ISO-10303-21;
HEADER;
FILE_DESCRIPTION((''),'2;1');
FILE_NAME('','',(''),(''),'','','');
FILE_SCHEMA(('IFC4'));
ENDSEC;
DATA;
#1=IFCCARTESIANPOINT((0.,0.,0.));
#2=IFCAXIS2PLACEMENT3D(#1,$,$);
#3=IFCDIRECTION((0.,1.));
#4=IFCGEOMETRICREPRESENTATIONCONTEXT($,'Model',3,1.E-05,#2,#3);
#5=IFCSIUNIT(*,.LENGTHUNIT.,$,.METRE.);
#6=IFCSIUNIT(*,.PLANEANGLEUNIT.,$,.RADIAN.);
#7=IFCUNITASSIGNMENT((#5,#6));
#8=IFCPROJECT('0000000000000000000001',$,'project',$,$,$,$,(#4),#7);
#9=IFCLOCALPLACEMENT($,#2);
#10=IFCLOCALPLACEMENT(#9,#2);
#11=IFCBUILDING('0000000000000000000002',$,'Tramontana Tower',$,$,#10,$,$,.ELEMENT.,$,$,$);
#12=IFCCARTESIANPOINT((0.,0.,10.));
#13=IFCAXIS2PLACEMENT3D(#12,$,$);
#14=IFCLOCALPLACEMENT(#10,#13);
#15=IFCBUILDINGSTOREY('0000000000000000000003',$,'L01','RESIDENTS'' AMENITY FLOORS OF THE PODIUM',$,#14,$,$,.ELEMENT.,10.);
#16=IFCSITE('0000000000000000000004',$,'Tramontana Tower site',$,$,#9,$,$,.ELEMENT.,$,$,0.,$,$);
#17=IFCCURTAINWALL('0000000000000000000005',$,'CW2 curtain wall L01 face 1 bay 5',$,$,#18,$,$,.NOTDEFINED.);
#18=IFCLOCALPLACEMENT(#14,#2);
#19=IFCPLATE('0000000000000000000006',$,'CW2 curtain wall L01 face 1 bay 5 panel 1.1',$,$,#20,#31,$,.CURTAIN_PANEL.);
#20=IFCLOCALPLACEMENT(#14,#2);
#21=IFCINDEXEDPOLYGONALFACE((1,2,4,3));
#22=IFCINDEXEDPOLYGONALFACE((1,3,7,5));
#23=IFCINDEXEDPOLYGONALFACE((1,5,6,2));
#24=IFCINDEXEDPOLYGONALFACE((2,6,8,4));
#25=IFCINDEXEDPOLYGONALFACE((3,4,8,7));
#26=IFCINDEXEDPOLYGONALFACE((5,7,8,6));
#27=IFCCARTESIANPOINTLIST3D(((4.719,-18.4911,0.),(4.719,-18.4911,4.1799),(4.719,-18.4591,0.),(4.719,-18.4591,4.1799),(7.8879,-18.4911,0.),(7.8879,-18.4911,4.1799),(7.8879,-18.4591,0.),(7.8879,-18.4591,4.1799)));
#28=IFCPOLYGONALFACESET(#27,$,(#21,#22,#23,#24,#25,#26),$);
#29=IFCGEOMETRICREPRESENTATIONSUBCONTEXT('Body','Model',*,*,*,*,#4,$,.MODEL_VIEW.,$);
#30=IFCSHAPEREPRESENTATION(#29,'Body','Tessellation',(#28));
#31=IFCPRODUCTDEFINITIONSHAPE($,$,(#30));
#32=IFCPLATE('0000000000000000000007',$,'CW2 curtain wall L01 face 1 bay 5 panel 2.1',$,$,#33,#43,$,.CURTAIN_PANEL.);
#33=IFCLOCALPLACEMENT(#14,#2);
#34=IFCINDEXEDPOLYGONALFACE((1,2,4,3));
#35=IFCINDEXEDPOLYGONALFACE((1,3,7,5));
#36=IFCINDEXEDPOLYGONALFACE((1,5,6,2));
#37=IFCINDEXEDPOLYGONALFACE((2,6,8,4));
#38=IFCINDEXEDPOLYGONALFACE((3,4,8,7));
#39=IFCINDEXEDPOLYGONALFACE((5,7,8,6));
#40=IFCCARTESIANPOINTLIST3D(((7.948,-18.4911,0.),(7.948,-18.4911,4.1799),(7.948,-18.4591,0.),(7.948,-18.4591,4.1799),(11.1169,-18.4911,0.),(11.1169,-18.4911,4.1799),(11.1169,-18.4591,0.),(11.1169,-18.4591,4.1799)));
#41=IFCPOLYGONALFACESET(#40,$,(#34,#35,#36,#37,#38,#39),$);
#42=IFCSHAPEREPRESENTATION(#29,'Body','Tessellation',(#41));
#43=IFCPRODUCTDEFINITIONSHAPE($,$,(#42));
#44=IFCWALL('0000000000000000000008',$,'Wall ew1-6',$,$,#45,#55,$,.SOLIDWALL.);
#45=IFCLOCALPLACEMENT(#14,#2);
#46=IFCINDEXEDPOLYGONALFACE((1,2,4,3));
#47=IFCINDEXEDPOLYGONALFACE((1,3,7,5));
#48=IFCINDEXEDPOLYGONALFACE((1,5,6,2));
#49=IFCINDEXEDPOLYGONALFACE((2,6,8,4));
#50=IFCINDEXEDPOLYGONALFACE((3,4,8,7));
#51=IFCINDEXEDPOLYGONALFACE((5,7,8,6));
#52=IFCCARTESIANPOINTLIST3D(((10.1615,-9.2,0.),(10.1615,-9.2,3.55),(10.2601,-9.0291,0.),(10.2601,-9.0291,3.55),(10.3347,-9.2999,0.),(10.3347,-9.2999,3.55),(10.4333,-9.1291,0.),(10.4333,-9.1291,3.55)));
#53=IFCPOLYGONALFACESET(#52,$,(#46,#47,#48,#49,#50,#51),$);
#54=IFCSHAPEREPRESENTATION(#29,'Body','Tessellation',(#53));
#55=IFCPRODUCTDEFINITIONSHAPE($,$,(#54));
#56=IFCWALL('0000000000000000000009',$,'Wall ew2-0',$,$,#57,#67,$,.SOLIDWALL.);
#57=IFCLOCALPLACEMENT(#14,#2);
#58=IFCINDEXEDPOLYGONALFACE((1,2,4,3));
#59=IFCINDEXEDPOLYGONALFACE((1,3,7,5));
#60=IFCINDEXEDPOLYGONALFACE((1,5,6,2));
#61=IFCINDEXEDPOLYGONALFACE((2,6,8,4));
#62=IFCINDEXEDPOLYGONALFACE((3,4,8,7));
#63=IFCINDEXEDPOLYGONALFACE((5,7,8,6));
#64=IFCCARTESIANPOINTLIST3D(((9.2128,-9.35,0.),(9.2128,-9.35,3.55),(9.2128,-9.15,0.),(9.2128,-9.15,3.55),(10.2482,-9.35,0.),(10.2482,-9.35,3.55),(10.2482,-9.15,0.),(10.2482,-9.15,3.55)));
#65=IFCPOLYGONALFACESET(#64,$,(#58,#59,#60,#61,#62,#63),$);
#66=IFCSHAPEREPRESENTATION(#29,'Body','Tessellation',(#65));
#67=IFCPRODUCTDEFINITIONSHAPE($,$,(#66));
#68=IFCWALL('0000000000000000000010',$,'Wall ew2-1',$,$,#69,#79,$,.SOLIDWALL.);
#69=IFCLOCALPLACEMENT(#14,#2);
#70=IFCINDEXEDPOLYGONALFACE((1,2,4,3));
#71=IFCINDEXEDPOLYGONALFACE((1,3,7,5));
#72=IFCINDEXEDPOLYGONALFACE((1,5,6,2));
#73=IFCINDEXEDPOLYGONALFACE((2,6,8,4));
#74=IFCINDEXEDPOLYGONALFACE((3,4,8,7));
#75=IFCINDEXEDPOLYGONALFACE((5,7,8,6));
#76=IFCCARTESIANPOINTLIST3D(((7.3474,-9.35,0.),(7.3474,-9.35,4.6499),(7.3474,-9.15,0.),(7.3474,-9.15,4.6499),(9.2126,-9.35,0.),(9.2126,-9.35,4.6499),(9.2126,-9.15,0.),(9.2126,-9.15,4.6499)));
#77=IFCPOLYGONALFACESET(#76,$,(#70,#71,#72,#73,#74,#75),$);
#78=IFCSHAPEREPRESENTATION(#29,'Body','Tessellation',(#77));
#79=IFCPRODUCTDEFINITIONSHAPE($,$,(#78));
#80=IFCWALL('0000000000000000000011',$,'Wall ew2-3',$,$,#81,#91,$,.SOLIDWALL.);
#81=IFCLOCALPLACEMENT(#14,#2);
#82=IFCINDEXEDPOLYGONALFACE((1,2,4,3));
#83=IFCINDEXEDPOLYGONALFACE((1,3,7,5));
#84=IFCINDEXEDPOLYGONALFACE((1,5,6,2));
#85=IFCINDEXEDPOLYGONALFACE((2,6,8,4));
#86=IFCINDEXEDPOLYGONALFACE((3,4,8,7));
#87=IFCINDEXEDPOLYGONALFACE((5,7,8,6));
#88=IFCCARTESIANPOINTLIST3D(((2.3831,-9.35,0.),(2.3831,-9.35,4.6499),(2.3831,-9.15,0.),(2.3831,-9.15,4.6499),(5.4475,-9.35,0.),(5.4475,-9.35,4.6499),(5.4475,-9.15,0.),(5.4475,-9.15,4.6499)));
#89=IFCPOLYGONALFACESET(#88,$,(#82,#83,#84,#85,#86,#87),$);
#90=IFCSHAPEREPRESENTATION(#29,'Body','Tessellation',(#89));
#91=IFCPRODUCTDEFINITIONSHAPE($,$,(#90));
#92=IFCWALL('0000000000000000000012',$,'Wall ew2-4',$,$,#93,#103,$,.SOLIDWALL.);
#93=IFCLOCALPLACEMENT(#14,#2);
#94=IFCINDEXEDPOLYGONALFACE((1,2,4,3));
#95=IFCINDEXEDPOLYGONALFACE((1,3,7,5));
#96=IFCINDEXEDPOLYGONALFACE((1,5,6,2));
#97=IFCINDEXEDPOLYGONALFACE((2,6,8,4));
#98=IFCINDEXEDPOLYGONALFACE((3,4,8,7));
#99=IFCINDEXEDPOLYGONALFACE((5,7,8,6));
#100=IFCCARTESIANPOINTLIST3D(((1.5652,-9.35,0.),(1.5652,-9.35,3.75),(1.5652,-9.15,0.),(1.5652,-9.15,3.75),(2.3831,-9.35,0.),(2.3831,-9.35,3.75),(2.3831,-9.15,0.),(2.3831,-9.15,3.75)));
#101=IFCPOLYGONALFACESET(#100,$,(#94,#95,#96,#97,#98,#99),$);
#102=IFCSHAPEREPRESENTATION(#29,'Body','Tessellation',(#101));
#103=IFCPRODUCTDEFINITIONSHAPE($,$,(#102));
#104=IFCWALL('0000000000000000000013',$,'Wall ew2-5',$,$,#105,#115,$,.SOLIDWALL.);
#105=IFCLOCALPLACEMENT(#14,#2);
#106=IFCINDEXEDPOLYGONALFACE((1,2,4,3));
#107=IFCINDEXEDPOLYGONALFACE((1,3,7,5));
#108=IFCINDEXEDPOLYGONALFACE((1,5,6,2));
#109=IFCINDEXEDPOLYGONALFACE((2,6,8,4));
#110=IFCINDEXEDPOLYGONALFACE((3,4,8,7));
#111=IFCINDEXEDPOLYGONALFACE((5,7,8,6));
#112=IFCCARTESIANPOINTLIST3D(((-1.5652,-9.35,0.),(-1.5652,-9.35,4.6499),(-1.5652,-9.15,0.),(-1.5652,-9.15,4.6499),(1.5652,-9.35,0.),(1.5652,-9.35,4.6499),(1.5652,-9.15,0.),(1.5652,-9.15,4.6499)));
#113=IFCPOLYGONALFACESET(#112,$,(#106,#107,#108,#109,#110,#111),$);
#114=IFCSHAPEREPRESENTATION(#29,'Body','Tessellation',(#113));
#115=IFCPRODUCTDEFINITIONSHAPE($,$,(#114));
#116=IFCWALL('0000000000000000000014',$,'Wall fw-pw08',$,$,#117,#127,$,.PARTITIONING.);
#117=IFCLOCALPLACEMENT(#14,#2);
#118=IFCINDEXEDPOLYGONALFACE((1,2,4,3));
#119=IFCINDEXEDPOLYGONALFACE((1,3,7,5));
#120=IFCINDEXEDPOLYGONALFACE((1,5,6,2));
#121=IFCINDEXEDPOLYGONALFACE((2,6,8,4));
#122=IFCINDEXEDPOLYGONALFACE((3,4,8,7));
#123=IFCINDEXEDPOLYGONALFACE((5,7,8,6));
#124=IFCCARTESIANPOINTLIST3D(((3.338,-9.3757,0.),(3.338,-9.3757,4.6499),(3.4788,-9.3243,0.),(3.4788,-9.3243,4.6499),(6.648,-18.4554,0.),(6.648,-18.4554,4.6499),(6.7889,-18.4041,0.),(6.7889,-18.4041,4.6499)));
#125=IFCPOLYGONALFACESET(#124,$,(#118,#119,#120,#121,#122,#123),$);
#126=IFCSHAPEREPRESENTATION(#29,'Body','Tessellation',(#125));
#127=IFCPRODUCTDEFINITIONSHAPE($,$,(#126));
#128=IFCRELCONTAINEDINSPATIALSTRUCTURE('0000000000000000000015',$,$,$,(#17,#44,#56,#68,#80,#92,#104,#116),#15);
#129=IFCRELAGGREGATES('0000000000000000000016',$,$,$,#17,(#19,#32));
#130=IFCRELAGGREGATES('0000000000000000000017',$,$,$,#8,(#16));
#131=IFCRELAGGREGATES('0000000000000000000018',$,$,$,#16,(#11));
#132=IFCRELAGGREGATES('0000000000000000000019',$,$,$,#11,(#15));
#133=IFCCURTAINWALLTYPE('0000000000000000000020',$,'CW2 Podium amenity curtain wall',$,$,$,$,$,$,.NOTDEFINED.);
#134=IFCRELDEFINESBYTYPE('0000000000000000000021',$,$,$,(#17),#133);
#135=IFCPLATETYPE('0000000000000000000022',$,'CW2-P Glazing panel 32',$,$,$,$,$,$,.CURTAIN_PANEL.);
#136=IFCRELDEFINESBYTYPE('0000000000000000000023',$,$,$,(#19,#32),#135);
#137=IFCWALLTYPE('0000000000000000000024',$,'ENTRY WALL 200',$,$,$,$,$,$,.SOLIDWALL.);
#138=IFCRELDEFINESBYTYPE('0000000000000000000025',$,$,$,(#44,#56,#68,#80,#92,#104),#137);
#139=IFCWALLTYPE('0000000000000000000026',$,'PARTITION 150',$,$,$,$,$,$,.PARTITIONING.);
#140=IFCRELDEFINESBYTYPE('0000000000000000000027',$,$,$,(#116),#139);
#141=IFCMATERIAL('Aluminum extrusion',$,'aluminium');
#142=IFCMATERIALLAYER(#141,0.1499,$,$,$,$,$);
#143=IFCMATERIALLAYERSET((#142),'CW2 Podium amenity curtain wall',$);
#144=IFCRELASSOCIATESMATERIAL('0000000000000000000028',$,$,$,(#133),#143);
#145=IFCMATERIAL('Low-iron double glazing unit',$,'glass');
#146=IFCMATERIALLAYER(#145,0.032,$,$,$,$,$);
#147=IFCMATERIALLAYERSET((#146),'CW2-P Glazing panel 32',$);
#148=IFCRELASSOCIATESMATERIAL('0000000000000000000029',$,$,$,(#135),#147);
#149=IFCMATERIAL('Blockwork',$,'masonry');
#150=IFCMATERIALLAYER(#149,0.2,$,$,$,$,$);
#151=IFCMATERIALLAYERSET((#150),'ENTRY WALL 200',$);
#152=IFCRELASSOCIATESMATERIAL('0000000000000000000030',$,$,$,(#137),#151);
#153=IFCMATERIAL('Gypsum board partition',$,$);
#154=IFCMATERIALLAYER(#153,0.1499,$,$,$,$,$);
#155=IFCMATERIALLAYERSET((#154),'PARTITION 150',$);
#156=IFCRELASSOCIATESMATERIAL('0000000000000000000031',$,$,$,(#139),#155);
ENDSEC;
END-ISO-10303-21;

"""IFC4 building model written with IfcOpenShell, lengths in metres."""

from ifc_helpers import new_model, si_unit, direction, frame, frame_2d, origin, origin_2d, place, context, subcontext, project, spatial, rectangle, extrude, material, layer, layer_set, type_object, element, aggregate, save


model = new_model("IFC4")

# Units and contexts
model_context = context("Model", 3, precision=1e-05, world=origin(), true_north=direction((0.0, 1.0)))
body_context = subcontext(model_context, "Body", "Model", "MODEL_VIEW")
ifc_project = project(units=[si_unit("LENGTHUNIT", "METRE"), si_unit("PLANEANGLEUNIT", "RADIAN")], contexts=[model_context])

# Site, building, storey
site_placement = place(None, origin())
site = spatial("IfcSite", under=ifc_project, at=site_placement, Name="Tramontana Tower site", CompositionType="ELEMENT", RefElevation=0.0)
building_placement = place(site_placement, origin())
building = spatial("IfcBuilding", under=site, at=building_placement, Name="Tramontana Tower", CompositionType="ELEMENT")
storey_placement = place(building_placement, frame((0.0, 0.0, 10.0)))
storey = spatial("IfcBuildingStorey", under=building, at=storey_placement, Name="L01", Description="RESIDENTS' AMENITY FLOORS OF THE PODIUM", CompositionType="ELEMENT", Elevation=10.0)

# Curtain wall
ifc_material_1 = material(Name="Aluminum extrusion", Category="aluminium")
ifc_layer_1 = layer(ifc_material_1, 0.1499)
ifc_layer_set_1 = layer_set([ifc_layer_1], Name="CW2 Podium amenity curtain wall")
curtain_wall_type = type_object("IfcCurtainWallType", Name="CW2 Podium amenity curtain wall", PredefinedType="NOTDEFINED", material=ifc_layer_set_1)
curtain_wall_1_placement = place(storey_placement, origin())
curtain_wall_1 = element("IfcCurtainWall", 1, at=curtain_wall_1_placement, inside=storey, type_object=curtain_wall_type, Name="CW2 curtain wall L01 face 1 bay 5", PredefinedType="NOTDEFINED")

# Plates
ifc_material_2 = material(Name="Low-iron double glazing unit", Category="glass")
ifc_layer_2 = layer(ifc_material_2, 0.032)
ifc_layer_set_2 = layer_set([ifc_layer_2], Name="CW2-P Glazing panel 32")
plate_type = type_object("IfcPlateType", Name="CW2-P Glazing panel 32", PredefinedType="CURTAIN_PANEL", material=ifc_layer_set_2)
plate_1_placement = place(storey_placement, frame((6.3035, -18.4751, 0.0), z_axis=(0.0, 0.0, 1.0), x_axis=(1.0, 0.0, 0.0)))
plate_1 = element("IfcPlate", 2, at=plate_1_placement, type_object=plate_type, Name="CW2 curtain wall L01 face 1 bay 5 panel 1.1", PredefinedType="CURTAIN_PANEL", context=body_context, shape_type="SweptSolid", body=[
    extrude(rectangle(XDim=3.1689, YDim=0.032, at=origin_2d()), origin(), (0.0, 0.0, 1.0), 4.1799),
])
plate_2_placement = place(storey_placement, frame((9.5325, -18.4751, 0.0), z_axis=(0.0, 0.0, 1.0), x_axis=(1.0, 0.0, 0.0)))
plate_2 = element("IfcPlate", 3, at=plate_2_placement, type_object=plate_type, Name="CW2 curtain wall L01 face 1 bay 5 panel 2.1", PredefinedType="CURTAIN_PANEL", context=body_context, shape_type="SweptSolid", body=[
    extrude(rectangle(XDim=3.1689, YDim=0.032, at=origin_2d()), origin(), (0.0, 0.0, 1.0), 4.1799),
])
aggregate(curtain_wall_1, [plate_1, plate_2])

# Walls
ifc_material_3 = material(Name="Blockwork", Category="masonry")
ifc_layer_3 = layer(ifc_material_3, 0.2)
ifc_layer_set_3 = layer_set([ifc_layer_3], Name="ENTRY WALL 200")
wall_type_1 = type_object("IfcWallType", Name="ENTRY WALL 200", PredefinedType="SOLIDWALL", material=ifc_layer_set_3)
wall_1_placement = place(storey_placement, frame((10.3467, -9.0791, 0.0), z_axis=(0.0, 0.0, 1.0), x_axis=(-0.499865, -0.866103, 0.0)))
element("IfcWall", 4, at=wall_1_placement, inside=storey, type_object=wall_type_1, Name="Wall ew1-6", PredefinedType="SOLIDWALL", context=body_context, shape_type="SweptSolid", body=[
    extrude(rectangle(XDim=0.1973, YDim=0.2, at=frame_2d((0.0986, 0.0))), origin(), (0.0, 0.0, 1.0), 3.55),
])
wall_2_placement = place(storey_placement, frame((10.248, -9.25, 0.0), z_axis=(0.0, 0.0, 1.0), x_axis=(-1.0, 0.0, 0.0)))
element("IfcWall", 5, at=wall_2_placement, inside=storey, type_object=wall_type_1, Name="Wall ew2-0", PredefinedType="SOLIDWALL", context=body_context, shape_type="SweptSolid", body=[
    extrude(rectangle(XDim=1.0354, YDim=0.2, at=frame_2d((0.5176, 0.0))), origin(), (0.0, 0.0, 1.0), 3.55),
])
wall_3_placement = place(storey_placement, frame((9.2126, -9.25, 0.0), z_axis=(0.0, 0.0, 1.0), x_axis=(-1.0, 0.0, 0.0)))
element("IfcWall", 6, at=wall_3_placement, inside=storey, type_object=wall_type_1, Name="Wall ew2-1", PredefinedType="SOLIDWALL", context=body_context, shape_type="SweptSolid", body=[
    extrude(rectangle(XDim=1.8652, YDim=0.2, at=frame_2d((0.9326, 0.0))), origin(), (0.0, 0.0, 1.0), 4.6499),
])

# Walls
wall_4_placement = place(storey_placement, frame((5.4475, -9.25, 0.0), z_axis=(0.0, 0.0, 1.0), x_axis=(-1.0, 0.0, 0.0)))
element("IfcWall", 7, at=wall_4_placement, inside=storey, type_object=wall_type_1, Name="Wall ew2-3", PredefinedType="SOLIDWALL", context=body_context, shape_type="SweptSolid", body=[
    extrude(rectangle(XDim=3.0645, YDim=0.2, at=frame_2d((1.5322, 0.0))), origin(), (0.0, 0.0, 1.0), 4.6499),
])
wall_5_placement = place(storey_placement, frame((2.3831, -9.25, 0.0), z_axis=(0.0, 0.0, 1.0), x_axis=(-1.0, 0.0, 0.0)))
element("IfcWall", 8, at=wall_5_placement, inside=storey, type_object=wall_type_1, Name="Wall ew2-4", PredefinedType="SOLIDWALL", context=body_context, shape_type="SweptSolid", body=[
    extrude(rectangle(XDim=0.8179, YDim=0.2, at=frame_2d((0.4089, 0.0))), origin(), (0.0, 0.0, 1.0), 3.75),
])
wall_6_placement = place(storey_placement, frame((1.5652, -9.25, 0.0), z_axis=(0.0, 0.0, 1.0), x_axis=(-1.0, 0.0, 0.0)))
element("IfcWall", 9, at=wall_6_placement, inside=storey, type_object=wall_type_1, Name="Wall ew2-5", PredefinedType="SOLIDWALL", context=body_context, shape_type="SweptSolid", body=[
    extrude(rectangle(XDim=3.1304, YDim=0.2, at=frame_2d((1.5652, 0.0))), origin(), (0.0, 0.0, 1.0), 4.6499),
])
ifc_material_4 = material(Name="Gypsum board partition")
ifc_layer_4 = layer(ifc_material_4, 0.1499)
ifc_layer_set_4 = layer_set([ifc_layer_4], Name="PARTITION 150")
wall_type_2 = type_object("IfcWallType", Name="PARTITION 150", PredefinedType="PARTITIONING", material=ifc_layer_set_4)
wall_7_placement = place(storey_placement, frame((3.4084, -9.3501, 0.0), z_axis=(0.0, 0.0, 1.0), x_axis=(0.342502, -0.939517, 0.0)))
element("IfcWall", 10, at=wall_7_placement, inside=storey, type_object=wall_type_2, Name="Wall fw-pw08", PredefinedType="PARTITIONING", context=body_context, shape_type="SweptSolid", body=[
    extrude(rectangle(XDim=9.6643, YDim=0.1499, at=frame_2d((4.832, 0.0))), origin(), (0.0, 0.0, 1.0), 4.6499),
])

save(model, "model.ifc")
